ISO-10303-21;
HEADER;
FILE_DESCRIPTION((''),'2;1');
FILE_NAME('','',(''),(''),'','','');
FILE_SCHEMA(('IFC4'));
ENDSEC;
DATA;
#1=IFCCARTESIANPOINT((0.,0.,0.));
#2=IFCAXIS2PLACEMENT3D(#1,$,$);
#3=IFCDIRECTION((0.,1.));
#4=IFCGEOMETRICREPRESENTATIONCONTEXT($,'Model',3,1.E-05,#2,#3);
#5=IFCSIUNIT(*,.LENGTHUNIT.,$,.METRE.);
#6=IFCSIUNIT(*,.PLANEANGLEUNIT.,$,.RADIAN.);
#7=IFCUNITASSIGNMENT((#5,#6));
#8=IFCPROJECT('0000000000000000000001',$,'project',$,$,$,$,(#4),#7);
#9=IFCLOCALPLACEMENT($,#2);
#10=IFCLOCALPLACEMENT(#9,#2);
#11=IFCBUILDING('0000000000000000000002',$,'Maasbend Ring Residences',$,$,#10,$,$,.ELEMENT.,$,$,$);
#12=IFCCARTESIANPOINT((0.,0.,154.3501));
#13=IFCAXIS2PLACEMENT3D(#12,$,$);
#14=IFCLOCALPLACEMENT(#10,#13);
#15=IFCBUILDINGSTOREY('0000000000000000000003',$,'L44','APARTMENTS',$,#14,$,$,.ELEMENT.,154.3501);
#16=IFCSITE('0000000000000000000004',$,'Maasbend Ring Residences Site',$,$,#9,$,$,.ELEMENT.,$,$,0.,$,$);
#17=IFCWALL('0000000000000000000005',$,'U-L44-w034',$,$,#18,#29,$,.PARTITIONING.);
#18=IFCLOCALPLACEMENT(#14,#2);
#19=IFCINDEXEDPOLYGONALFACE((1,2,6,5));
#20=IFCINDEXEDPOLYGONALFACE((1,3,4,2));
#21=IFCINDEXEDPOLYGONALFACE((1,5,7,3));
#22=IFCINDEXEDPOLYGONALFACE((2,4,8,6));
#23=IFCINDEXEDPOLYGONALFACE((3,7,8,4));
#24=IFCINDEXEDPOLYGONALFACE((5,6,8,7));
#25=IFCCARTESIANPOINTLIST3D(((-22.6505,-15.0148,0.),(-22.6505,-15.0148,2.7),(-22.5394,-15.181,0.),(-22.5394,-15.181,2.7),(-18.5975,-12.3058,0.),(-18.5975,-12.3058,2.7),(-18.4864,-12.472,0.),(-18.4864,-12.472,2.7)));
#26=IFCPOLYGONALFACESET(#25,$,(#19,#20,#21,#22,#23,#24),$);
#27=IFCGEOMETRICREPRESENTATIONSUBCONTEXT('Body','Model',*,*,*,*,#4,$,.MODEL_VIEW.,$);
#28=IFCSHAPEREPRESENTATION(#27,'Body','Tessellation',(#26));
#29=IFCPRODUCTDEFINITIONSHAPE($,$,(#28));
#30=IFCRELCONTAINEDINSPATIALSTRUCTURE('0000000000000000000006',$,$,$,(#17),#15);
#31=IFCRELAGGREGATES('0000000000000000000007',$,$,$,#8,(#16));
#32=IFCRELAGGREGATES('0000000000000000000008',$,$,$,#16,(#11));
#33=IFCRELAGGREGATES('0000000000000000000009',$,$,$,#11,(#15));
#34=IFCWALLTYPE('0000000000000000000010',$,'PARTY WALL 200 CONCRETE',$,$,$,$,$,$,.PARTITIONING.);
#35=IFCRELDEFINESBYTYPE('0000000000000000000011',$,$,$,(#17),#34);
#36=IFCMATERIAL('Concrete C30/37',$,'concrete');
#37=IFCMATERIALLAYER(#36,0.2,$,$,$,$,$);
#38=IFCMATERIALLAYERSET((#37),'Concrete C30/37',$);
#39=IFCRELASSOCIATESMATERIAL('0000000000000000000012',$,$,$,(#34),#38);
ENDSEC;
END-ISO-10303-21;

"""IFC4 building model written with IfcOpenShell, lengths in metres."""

from ifc_helpers import new_model, si_unit, direction, frame, frame_2d, origin, place, context, subcontext, project, spatial, rectangle, extrude, material, layer, layer_set, type_object, element, save


model = new_model("IFC4")

# Units and contexts
model_context = context("Model", 3, precision=1e-05, world=origin(), true_north=direction((0.0, 1.0)))
body_context = subcontext(model_context, "Body", "Model", "MODEL_VIEW")
ifc_project = project(units=[si_unit("LENGTHUNIT", "METRE"), si_unit("PLANEANGLEUNIT", "RADIAN")], contexts=[model_context])

# Site, building, storey
site_placement = place(None, origin())
site = spatial("IfcSite", under=ifc_project, at=site_placement, Name="Maasbend Ring Residences Site", CompositionType="ELEMENT", RefElevation=0.0)
building_placement = place(site_placement, origin())
building = spatial("IfcBuilding", under=site, at=building_placement, Name="Maasbend Ring Residences", CompositionType="ELEMENT")
storey_placement = place(building_placement, frame((0.0, 0.0, 154.3501)))
storey = spatial("IfcBuildingStorey", under=building, at=storey_placement, Name="L44", Description="APARTMENTS", CompositionType="ELEMENT", Elevation=154.3501)

# Wall
ifc_material_1 = material(Name="Concrete C30/37", Category="concrete")
ifc_layer_1 = layer(ifc_material_1, 0.2)
ifc_layer_set_1 = layer_set([ifc_layer_1], Name="Concrete C30/37")
wall_type_1 = type_object("IfcWallType", Name="PARTY WALL 200 CONCRETE", PredefinedType="PARTITIONING", material=ifc_layer_set_1)
wall_1_placement = place(storey_placement, frame((-22.595, -15.0979, 0.0), z_axis=(0.0, 0.0, 1.0), x_axis=(0.831387, 0.555694, 0.0)))
element("IfcWall", 1, at=wall_1_placement, inside=storey, type_object=wall_type_1, Name="U-L44-w034", PredefinedType="PARTITIONING", context=body_context, shape_type="SweptSolid", body=[
    extrude(rectangle(XDim=4.875, YDim=0.2, at=frame_2d((2.4375, 0.0))), origin(), (0.0, 0.0, 1.0), 2.7),
])

save(model, "model.ifc")
